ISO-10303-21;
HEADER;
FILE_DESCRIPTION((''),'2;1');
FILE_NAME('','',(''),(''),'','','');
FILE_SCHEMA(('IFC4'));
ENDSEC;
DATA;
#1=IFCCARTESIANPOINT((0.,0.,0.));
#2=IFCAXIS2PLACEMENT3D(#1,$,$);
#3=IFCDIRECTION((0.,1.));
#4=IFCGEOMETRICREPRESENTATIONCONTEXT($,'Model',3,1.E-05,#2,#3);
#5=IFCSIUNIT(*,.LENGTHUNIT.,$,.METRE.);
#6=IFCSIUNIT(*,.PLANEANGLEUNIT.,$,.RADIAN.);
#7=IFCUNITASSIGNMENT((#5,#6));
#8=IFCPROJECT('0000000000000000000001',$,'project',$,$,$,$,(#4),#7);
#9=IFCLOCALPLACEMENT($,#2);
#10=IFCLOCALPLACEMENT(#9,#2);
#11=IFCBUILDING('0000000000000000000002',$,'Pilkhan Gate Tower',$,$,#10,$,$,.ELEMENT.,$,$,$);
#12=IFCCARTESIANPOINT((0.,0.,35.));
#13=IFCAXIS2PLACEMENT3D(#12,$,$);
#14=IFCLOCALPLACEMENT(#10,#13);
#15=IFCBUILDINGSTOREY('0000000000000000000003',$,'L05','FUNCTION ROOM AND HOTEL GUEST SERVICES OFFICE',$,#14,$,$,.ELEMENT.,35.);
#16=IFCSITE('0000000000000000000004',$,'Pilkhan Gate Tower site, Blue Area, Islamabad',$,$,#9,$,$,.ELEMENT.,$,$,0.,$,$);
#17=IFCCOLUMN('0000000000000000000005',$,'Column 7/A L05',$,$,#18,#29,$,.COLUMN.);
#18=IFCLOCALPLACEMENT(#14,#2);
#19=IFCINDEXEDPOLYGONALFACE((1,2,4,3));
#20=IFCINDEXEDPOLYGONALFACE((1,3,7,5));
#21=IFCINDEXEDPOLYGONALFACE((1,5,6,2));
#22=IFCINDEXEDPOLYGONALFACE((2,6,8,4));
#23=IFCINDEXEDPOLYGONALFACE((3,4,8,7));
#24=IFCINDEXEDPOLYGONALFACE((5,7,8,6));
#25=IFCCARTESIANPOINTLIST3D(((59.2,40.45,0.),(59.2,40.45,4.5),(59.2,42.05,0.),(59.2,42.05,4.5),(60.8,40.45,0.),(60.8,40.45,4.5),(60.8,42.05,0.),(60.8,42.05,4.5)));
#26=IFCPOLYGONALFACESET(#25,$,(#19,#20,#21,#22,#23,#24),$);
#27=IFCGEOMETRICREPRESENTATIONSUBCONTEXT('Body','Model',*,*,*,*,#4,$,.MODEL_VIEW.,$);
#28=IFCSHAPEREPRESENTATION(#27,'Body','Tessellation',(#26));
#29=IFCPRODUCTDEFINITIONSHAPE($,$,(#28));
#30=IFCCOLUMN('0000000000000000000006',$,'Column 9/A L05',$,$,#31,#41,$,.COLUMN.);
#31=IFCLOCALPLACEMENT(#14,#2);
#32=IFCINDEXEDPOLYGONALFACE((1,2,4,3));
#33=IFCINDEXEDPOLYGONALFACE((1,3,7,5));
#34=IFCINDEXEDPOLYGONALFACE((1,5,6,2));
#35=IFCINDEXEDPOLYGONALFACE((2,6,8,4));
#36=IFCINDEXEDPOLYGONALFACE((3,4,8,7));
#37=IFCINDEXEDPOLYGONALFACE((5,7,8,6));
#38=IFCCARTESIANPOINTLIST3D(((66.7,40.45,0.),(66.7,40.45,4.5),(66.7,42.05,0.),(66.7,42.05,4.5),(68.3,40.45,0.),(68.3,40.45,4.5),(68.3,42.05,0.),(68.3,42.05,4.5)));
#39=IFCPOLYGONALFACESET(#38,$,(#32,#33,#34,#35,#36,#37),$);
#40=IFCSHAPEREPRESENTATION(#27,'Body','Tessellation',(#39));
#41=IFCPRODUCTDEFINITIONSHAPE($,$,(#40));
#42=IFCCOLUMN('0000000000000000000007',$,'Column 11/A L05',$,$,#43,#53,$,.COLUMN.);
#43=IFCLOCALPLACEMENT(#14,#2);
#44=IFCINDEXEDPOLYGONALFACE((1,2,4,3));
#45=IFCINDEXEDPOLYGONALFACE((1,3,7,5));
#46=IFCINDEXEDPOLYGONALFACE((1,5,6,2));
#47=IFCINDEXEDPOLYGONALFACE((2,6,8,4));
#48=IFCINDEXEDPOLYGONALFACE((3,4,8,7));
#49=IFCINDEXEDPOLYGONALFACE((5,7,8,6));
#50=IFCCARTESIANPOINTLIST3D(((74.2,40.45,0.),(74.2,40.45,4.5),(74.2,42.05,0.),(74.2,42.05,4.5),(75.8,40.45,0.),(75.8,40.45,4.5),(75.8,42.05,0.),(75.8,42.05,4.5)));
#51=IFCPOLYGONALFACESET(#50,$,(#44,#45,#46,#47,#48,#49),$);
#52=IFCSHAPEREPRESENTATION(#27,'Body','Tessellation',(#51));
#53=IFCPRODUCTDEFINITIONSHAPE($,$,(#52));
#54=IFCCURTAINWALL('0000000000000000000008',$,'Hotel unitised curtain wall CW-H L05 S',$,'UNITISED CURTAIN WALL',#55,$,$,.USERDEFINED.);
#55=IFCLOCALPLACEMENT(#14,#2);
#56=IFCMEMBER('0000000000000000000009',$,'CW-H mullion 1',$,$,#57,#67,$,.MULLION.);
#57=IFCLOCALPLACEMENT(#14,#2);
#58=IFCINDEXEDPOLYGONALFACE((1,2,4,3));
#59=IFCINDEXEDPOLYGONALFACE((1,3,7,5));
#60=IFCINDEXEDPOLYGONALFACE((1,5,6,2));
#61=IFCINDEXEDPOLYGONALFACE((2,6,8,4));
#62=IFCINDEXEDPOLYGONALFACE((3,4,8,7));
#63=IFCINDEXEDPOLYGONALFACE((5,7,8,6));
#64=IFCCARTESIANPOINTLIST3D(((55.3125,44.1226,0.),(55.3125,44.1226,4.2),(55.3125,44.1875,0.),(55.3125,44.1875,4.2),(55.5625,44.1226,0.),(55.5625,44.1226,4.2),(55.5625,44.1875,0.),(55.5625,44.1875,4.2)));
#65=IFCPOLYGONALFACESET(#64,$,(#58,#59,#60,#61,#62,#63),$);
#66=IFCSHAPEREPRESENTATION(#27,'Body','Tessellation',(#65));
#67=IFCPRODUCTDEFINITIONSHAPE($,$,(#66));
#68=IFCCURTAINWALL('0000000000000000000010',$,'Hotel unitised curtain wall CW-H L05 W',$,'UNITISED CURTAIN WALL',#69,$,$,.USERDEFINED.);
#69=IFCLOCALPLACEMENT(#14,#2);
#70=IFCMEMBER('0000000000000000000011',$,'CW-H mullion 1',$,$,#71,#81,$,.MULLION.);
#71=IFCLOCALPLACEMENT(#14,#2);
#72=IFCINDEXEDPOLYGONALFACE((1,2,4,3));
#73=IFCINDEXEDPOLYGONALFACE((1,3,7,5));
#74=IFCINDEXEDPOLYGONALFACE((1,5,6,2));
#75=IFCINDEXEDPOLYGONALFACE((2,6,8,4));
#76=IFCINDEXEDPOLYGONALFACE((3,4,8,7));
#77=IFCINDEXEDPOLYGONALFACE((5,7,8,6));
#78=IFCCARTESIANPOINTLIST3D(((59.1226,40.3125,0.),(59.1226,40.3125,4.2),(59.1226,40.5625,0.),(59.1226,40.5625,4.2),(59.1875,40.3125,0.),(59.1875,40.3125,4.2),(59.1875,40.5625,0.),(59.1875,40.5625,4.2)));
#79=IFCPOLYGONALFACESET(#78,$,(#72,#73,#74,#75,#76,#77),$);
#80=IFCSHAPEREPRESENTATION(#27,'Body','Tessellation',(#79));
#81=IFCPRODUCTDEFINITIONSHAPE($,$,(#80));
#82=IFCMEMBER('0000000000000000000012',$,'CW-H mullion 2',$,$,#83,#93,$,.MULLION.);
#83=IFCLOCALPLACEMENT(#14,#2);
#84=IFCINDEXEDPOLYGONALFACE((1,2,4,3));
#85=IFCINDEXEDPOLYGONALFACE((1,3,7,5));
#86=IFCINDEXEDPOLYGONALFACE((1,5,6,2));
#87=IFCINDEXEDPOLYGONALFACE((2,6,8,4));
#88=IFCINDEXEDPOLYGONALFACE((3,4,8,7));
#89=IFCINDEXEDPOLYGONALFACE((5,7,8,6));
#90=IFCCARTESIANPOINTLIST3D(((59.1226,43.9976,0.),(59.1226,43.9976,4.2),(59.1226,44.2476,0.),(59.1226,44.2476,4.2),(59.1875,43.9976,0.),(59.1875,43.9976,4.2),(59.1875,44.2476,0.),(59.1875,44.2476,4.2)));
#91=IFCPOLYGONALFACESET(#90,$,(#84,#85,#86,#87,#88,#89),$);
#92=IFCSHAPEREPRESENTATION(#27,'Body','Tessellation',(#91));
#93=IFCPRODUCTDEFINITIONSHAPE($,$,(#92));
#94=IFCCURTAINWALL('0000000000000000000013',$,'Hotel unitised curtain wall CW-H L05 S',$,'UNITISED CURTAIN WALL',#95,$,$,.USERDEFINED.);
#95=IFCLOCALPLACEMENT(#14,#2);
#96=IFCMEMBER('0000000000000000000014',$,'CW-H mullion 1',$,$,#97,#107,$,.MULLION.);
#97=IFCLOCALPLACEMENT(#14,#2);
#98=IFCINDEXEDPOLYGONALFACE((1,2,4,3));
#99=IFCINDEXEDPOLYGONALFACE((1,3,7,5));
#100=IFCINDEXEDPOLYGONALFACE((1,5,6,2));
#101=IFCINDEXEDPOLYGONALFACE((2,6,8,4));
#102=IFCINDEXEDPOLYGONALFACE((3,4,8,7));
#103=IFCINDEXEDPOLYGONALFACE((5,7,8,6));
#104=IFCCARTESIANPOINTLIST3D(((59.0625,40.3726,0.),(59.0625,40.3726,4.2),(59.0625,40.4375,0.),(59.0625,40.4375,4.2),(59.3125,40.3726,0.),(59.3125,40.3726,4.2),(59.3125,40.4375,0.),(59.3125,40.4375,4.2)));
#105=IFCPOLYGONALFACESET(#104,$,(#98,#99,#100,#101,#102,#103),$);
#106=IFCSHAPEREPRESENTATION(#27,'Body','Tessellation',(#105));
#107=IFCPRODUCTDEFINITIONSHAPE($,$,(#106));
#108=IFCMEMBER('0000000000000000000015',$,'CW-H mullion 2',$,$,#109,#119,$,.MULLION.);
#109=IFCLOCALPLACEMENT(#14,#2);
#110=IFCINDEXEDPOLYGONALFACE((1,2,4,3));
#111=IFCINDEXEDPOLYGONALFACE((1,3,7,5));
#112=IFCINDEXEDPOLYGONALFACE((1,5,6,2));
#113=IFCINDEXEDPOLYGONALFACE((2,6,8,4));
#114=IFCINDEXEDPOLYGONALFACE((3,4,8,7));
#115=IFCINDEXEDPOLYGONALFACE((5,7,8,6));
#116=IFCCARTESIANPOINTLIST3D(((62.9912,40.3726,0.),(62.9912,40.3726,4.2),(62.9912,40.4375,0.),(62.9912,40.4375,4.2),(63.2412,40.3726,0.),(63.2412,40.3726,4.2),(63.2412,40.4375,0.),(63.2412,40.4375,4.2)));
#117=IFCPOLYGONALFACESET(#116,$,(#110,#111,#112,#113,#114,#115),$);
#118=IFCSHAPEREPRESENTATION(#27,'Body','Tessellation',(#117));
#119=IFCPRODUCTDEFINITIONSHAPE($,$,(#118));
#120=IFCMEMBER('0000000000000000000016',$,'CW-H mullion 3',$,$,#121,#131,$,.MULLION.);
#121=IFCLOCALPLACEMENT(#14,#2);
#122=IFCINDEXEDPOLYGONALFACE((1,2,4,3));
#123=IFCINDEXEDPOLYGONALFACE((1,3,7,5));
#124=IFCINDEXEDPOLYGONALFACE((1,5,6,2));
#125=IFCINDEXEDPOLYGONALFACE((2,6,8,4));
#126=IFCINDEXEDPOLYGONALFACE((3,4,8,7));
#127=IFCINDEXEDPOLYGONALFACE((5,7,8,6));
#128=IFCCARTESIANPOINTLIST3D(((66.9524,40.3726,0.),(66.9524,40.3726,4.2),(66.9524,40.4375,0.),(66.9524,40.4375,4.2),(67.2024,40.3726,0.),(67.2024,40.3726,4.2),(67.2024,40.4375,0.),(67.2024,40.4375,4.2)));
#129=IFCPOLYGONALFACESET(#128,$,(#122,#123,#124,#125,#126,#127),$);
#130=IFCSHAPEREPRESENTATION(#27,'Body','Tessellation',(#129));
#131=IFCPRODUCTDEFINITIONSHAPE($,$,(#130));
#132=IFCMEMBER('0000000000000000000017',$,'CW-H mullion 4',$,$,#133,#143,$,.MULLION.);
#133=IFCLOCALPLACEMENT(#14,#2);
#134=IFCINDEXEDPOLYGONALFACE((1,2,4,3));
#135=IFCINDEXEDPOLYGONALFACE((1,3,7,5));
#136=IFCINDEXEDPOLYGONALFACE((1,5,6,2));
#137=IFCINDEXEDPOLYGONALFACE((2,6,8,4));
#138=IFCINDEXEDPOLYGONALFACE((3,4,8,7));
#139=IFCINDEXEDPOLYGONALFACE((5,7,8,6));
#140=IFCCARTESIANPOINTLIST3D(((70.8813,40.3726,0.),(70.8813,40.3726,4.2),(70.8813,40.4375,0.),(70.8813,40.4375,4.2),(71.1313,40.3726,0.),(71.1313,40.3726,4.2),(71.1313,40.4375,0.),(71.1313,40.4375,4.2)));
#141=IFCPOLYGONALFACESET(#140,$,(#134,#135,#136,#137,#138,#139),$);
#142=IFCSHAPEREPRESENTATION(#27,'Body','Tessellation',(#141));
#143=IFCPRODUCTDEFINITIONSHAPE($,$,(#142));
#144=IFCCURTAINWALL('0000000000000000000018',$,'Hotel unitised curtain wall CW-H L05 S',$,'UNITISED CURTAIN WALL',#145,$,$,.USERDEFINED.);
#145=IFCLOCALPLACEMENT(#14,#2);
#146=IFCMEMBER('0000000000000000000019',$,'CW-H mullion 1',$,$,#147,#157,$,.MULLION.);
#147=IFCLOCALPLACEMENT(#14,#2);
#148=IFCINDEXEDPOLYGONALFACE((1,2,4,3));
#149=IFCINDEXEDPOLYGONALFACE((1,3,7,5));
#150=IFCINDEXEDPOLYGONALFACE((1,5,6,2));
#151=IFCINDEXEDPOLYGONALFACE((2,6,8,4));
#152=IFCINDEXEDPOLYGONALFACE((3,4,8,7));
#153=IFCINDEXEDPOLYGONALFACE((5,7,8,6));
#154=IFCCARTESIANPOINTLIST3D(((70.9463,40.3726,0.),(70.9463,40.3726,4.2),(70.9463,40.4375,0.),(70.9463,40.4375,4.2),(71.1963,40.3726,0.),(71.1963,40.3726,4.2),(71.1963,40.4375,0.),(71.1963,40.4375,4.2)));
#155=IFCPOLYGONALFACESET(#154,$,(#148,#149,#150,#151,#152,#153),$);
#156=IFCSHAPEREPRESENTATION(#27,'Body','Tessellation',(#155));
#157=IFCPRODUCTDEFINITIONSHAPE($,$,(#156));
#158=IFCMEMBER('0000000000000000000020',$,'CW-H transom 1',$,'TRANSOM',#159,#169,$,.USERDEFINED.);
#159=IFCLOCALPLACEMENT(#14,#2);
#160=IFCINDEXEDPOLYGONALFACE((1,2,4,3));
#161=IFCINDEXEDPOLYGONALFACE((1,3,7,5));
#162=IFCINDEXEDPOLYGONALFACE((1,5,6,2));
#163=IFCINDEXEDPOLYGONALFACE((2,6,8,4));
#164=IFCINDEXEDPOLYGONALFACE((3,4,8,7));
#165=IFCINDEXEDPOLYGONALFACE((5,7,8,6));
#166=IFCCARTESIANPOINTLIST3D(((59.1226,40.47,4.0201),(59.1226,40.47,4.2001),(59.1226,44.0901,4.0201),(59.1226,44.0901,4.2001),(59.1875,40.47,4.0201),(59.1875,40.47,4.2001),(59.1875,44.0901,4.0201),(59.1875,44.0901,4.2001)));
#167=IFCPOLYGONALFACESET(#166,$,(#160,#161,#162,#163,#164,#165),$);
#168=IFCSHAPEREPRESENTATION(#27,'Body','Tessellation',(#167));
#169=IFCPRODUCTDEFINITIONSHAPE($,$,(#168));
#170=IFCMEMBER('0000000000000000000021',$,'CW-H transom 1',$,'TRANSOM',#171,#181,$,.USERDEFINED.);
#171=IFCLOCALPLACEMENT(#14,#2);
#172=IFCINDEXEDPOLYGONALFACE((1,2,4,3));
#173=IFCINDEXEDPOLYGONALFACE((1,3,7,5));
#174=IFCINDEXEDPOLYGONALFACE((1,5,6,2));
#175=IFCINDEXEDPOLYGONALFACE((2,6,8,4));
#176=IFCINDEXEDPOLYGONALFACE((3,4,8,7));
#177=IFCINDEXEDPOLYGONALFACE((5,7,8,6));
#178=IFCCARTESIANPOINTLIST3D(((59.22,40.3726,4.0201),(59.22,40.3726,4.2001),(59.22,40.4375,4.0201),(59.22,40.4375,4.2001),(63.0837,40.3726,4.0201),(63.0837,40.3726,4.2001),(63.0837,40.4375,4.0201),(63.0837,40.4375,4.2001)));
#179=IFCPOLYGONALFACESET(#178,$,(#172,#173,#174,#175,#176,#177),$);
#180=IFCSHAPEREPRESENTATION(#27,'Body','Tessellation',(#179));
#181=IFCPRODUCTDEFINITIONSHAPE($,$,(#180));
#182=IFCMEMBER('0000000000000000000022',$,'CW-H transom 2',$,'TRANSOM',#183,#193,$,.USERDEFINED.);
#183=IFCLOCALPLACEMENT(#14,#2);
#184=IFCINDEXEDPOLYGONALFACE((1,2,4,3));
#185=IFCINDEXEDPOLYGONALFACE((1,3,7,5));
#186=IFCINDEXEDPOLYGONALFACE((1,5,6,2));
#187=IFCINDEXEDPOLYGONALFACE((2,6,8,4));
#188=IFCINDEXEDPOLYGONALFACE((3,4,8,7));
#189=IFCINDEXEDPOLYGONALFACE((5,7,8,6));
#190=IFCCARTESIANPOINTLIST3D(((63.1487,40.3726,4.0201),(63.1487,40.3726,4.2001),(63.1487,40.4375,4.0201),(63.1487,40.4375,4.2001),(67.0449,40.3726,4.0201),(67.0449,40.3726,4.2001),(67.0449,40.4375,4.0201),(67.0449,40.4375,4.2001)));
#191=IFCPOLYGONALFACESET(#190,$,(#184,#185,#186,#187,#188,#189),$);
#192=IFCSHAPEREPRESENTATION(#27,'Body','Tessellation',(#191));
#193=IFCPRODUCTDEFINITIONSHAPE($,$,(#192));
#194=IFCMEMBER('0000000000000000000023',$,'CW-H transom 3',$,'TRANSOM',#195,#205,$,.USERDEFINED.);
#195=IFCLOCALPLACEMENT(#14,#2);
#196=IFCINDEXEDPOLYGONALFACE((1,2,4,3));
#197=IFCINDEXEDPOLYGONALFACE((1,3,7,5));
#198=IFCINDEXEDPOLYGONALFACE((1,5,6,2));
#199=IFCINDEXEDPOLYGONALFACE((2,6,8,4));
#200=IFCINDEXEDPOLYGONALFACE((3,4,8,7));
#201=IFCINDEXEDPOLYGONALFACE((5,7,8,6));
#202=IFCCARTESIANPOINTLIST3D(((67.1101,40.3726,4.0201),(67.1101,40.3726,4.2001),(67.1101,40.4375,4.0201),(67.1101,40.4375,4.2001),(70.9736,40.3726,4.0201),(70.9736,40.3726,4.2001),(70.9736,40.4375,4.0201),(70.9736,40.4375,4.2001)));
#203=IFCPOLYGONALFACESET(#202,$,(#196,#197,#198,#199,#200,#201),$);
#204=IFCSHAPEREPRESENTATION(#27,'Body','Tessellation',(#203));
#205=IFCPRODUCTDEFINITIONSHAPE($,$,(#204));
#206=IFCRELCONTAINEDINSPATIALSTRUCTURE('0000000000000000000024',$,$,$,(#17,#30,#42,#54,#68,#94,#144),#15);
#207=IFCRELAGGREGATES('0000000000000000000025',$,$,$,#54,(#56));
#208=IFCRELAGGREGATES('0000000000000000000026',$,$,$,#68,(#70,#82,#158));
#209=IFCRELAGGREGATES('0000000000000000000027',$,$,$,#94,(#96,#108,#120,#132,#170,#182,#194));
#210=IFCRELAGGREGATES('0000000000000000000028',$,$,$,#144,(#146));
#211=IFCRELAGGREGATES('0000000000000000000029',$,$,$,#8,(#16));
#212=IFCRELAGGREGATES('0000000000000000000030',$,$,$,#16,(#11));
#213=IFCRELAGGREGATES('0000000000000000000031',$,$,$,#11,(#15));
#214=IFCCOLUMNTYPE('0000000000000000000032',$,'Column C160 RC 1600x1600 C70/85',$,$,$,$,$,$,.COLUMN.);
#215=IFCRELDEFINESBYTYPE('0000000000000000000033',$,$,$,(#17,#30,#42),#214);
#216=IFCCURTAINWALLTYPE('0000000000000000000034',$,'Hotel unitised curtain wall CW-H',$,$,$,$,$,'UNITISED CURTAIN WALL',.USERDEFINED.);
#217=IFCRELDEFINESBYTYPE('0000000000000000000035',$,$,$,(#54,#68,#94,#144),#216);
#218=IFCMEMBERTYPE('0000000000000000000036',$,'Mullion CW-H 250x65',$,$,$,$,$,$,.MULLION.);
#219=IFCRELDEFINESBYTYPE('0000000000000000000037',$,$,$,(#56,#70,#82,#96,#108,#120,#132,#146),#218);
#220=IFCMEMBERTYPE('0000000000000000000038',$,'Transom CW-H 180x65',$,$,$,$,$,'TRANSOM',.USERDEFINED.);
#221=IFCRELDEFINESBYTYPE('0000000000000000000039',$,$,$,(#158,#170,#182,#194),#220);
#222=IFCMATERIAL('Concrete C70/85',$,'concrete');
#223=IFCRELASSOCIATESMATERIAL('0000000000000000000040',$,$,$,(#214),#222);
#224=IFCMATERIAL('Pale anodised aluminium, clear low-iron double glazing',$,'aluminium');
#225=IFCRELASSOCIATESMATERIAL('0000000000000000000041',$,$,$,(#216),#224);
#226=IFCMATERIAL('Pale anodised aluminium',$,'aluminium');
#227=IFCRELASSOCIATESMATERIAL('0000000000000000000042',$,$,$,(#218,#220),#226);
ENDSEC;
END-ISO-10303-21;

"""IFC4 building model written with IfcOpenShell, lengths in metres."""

from ifc_helpers import new_model, si_unit, direction, frame, origin, origin_2d, place, context, subcontext, project, spatial, rectangle, extrude, material, material_profile, profile_set, type_object, element, aggregate, save


model = new_model("IFC4")

# Units and contexts
model_context = context("Model", 3, precision=1e-05, world=origin(), true_north=direction((0.0, 1.0)))
body_context = subcontext(model_context, "Body", "Model", "MODEL_VIEW")
ifc_project = project(units=[si_unit("LENGTHUNIT", "METRE"), si_unit("PLANEANGLEUNIT", "RADIAN")], contexts=[model_context])

# Site, building, storey
site_placement = place(None, origin())
site = spatial("IfcSite", under=ifc_project, at=site_placement, Name="Pilkhan Gate Tower site, Blue Area, Islamabad", CompositionType="ELEMENT", RefElevation=0.0)
building_placement = place(site_placement, origin())
building = spatial("IfcBuilding", under=site, at=building_placement, Name="Pilkhan Gate Tower", CompositionType="ELEMENT")
storey_placement = place(building_placement, frame((0.0, 0.0, 35.0)))
storey = spatial("IfcBuildingStorey", under=building, at=storey_placement, Name="L05", Description="FUNCTION ROOM AND HOTEL GUEST SERVICES OFFICE", CompositionType="ELEMENT", Elevation=35.0)

# Columns
ifc_material_1 = material(Name="Concrete C70/85", Category="concrete")
ifc_material_profile_1 = material_profile(ifc_material_1, rectangle(XDim=1.6001, YDim=1.6001, at=origin_2d()), Name="RC 1600x1600")
ifc_profile_set_1 = profile_set([ifc_material_profile_1], Name="Concrete C70/85")
column_type = type_object("IfcColumnType", Name="Column C160 RC 1600x1600 C70/85", PredefinedType="COLUMN", material=ifc_profile_set_1)
for number, where, z_axis, x_axis, name in (
    (1, (60.0, 41.25, 0.0), (0.0, 0.0, 1.0), (1.0, 0.0, 0.0), "Column 7/A L05"),
    (2, (67.5, 41.25, 0.0), (0.0, 0.0, 1.0), (1.0, 0.0, 0.0), "Column 9/A L05"),
    (3, (75.0, 41.25, 0.0), (0.0, 0.0, 1.0), (1.0, 0.0, 0.0), "Column 11/A L05"),
):
    element("IfcColumn", number, at=place(storey_placement, frame(where, z_axis=z_axis, x_axis=x_axis)), inside=storey, type_object=column_type, Name=name, PredefinedType="COLUMN", context=body_context, shape_type="SweptSolid", body=[
        extrude(rectangle(XDim=1.6001, YDim=1.6001, at=origin_2d()), origin(), (0.0, 0.0, 1.0), 4.5),
    ])

# Curtain wall, member
ifc_material_2 = material(Name="Pale anodised aluminium, clear low-iron double glazing", Category="aluminium")
curtain_wall_type = type_object("IfcCurtainWallType", Name="Hotel unitised curtain wall CW-H", ElementType="UNITISED CURTAIN WALL", PredefinedType="USERDEFINED", material=ifc_material_2)
curtain_wall_1_placement = place(storey_placement, origin())
curtain_wall_1 = element("IfcCurtainWall", 4, at=curtain_wall_1_placement, inside=storey, type_object=curtain_wall_type, Name="Hotel unitised curtain wall CW-H L05 S", ObjectType="UNITISED CURTAIN WALL", PredefinedType="USERDEFINED")
ifc_material_3 = material(Name="Pale anodised aluminium", Category="aluminium")
ifc_material_profile_2 = material_profile(ifc_material_3, rectangle(XDim=0.0649, YDim=0.25, at=origin_2d()), Name="Mullion 250x65")
ifc_profile_set_2 = profile_set([ifc_material_profile_2], Name="Pale anodised aluminium")
member_type_1 = type_object("IfcMemberType", Name="Mullion CW-H 250x65", PredefinedType="MULLION", material=ifc_profile_set_2)
member_1_placement = place(storey_placement, frame((55.4375, 44.155, 0.0), z_axis=(0.0, 0.0, 1.0), x_axis=(0.0, 1.0, 0.0)))
member_1 = element("IfcMember", 5, at=member_1_placement, type_object=member_type_1, Name="CW-H mullion 1", PredefinedType="MULLION", context=body_context, shape_type="SweptSolid", body=[
    extrude(rectangle(XDim=0.0649, YDim=0.25, at=origin_2d()), origin(), (0.0, 0.0, 1.0), 4.2),
])
aggregate(curtain_wall_1, [member_1])

# Curtain walls, members
curtain_wall_2_placement = place(storey_placement, origin())
curtain_wall_2 = element("IfcCurtainWall", 6, at=curtain_wall_2_placement, inside=storey, type_object=curtain_wall_type, Name="Hotel unitised curtain wall CW-H L05 W", ObjectType="UNITISED CURTAIN WALL", PredefinedType="USERDEFINED")
member_2_placement = place(storey_placement, frame((59.155, 40.4375, 0.0), z_axis=(0.0, 0.0, 1.0), x_axis=(-1.0, 0.0, 0.0)))
member_2 = element("IfcMember", 7, at=member_2_placement, type_object=member_type_1, Name="CW-H mullion 1", PredefinedType="MULLION", context=body_context, shape_type="SweptSolid", body=[
    extrude(rectangle(XDim=0.0649, YDim=0.25, at=origin_2d()), origin(), (0.0, 0.0, 1.0), 4.2),
])
member_3_placement = place(storey_placement, frame((59.155, 44.1226, 0.0), z_axis=(0.0, 0.0, 1.0), x_axis=(-1.0, 0.0, 0.0)))
member_3 = element("IfcMember", 8, at=member_3_placement, type_object=member_type_1, Name="CW-H mullion 2", PredefinedType="MULLION", context=body_context, shape_type="SweptSolid", body=[
    extrude(rectangle(XDim=0.0649, YDim=0.25, at=origin_2d()), origin(), (0.0, 0.0, 1.0), 4.2),
])
curtain_wall_3_placement = place(storey_placement, origin())
curtain_wall_3 = element("IfcCurtainWall", 9, at=curtain_wall_3_placement, inside=storey, type_object=curtain_wall_type, Name="Hotel unitised curtain wall CW-H L05 S", ObjectType="UNITISED CURTAIN WALL", PredefinedType="USERDEFINED")
member_4_placement = place(storey_placement, frame((59.1875, 40.405, 0.0), z_axis=(0.0, 0.0, 1.0), x_axis=(0.0, 1.0, 0.0)))
member_4 = element("IfcMember", 10, at=member_4_placement, type_object=member_type_1, Name="CW-H mullion 1", PredefinedType="MULLION", context=body_context, shape_type="SweptSolid", body=[
    extrude(rectangle(XDim=0.0649, YDim=0.25, at=origin_2d()), origin(), (0.0, 0.0, 1.0), 4.2),
])
member_5_placement = place(storey_placement, frame((63.1162, 40.405, 0.0), z_axis=(0.0, 0.0, 1.0), x_axis=(0.0, 1.0, 0.0)))
member_5 = element("IfcMember", 11, at=member_5_placement, type_object=member_type_1, Name="CW-H mullion 2", PredefinedType="MULLION", context=body_context, shape_type="SweptSolid", body=[
    extrude(rectangle(XDim=0.0649, YDim=0.25, at=origin_2d()), origin(), (0.0, 0.0, 1.0), 4.2),
])
member_6_placement = place(storey_placement, frame((67.0774, 40.405, 0.0), z_axis=(0.0, 0.0, 1.0), x_axis=(0.0, 1.0, 0.0)))
member_6 = element("IfcMember", 12, at=member_6_placement, type_object=member_type_1, Name="CW-H mullion 3", PredefinedType="MULLION", context=body_context, shape_type="SweptSolid", body=[
    extrude(rectangle(XDim=0.0649, YDim=0.25, at=origin_2d()), origin(), (0.0, 0.0, 1.0), 4.2),
])
member_7_placement = place(storey_placement, frame((71.0063, 40.405, 0.0), z_axis=(0.0, 0.0, 1.0), x_axis=(0.0, 1.0, 0.0)))
member_7 = element("IfcMember", 13, at=member_7_placement, type_object=member_type_1, Name="CW-H mullion 4", PredefinedType="MULLION", context=body_context, shape_type="SweptSolid", body=[
    extrude(rectangle(XDim=0.0649, YDim=0.25, at=origin_2d()), origin(), (0.0, 0.0, 1.0), 4.2),
])

# Curtain wall, member
curtain_wall_4_placement = place(storey_placement, origin())
curtain_wall_4 = element("IfcCurtainWall", 14, at=curtain_wall_4_placement, inside=storey, type_object=curtain_wall_type, Name="Hotel unitised curtain wall CW-H L05 S", ObjectType="UNITISED CURTAIN WALL", PredefinedType="USERDEFINED")
member_8_placement = place(storey_placement, frame((71.0713, 40.405, 0.0), z_axis=(0.0, 0.0, 1.0), x_axis=(0.0, 1.0, 0.0)))
member_8 = element("IfcMember", 15, at=member_8_placement, type_object=member_type_1, Name="CW-H mullion 1", PredefinedType="MULLION", context=body_context, shape_type="SweptSolid", body=[
    extrude(rectangle(XDim=0.0649, YDim=0.25, at=origin_2d()), origin(), (0.0, 0.0, 1.0), 4.2),
])

# Members
ifc_material_profile_3 = material_profile(ifc_material_3, rectangle(XDim=0.0649, YDim=0.1799, at=origin_2d()), Name="Transom 180x65")
ifc_profile_set_3 = profile_set([ifc_material_profile_3], Name="Pale anodised aluminium")
member_type_2 = type_object("IfcMemberType", Name="Transom CW-H 180x65", ElementType="TRANSOM", PredefinedType="USERDEFINED", material=ifc_profile_set_3)
member_9_placement = place(storey_placement, frame((59.155, 40.47, 4.1101), z_axis=(0.0, 1.0, 0.0), x_axis=(-1.0, 0.0, 0.0)))
member_9 = element("IfcMember", 16, at=member_9_placement, type_object=member_type_2, Name="CW-H transom 1", ObjectType="TRANSOM", PredefinedType="USERDEFINED", context=body_context, shape_type="SweptSolid", body=[
    extrude(rectangle(XDim=0.0649, YDim=0.1799, at=origin_2d()), origin(), (0.0, 0.0, 1.0), 3.6201),
])
member_10_placement = place(storey_placement, frame((59.22, 40.405, 4.1101), z_axis=(1.0, 0.0, 0.0), x_axis=(0.0, 1.0, 0.0)))
member_10 = element("IfcMember", 17, at=member_10_placement, type_object=member_type_2, Name="CW-H transom 1", ObjectType="TRANSOM", PredefinedType="USERDEFINED", context=body_context, shape_type="SweptSolid", body=[
    extrude(rectangle(XDim=0.0649, YDim=0.1799, at=origin_2d()), origin(), (0.0, 0.0, 1.0), 3.8638),
])
member_11_placement = place(storey_placement, frame((63.1487, 40.405, 4.1101), z_axis=(1.0, 0.0, 0.0), x_axis=(0.0, 1.0, 0.0)))
member_11 = element("IfcMember", 18, at=member_11_placement, type_object=member_type_2, Name="CW-H transom 2", ObjectType="TRANSOM", PredefinedType="USERDEFINED", context=body_context, shape_type="SweptSolid", body=[
    extrude(rectangle(XDim=0.0649, YDim=0.1799, at=origin_2d()), origin(), (0.0, 0.0, 1.0), 3.8962),
])
member_12_placement = place(storey_placement, frame((67.1101, 40.405, 4.1101), z_axis=(1.0, 0.0, 0.0), x_axis=(0.0, 1.0, 0.0)))
member_12 = element("IfcMember", 19, at=member_12_placement, type_object=member_type_2, Name="CW-H transom 3", ObjectType="TRANSOM", PredefinedType="USERDEFINED", context=body_context, shape_type="SweptSolid", body=[
    extrude(rectangle(XDim=0.0649, YDim=0.1799, at=origin_2d()), origin(), (0.0, 0.0, 1.0), 3.8635),
])

aggregate(curtain_wall_2, [member_2, member_3, member_9])
aggregate(curtain_wall_3, [member_4, member_5, member_6, member_7, member_10, member_11, member_12])
aggregate(curtain_wall_4, [member_8])

save(model, "model.ifc")
